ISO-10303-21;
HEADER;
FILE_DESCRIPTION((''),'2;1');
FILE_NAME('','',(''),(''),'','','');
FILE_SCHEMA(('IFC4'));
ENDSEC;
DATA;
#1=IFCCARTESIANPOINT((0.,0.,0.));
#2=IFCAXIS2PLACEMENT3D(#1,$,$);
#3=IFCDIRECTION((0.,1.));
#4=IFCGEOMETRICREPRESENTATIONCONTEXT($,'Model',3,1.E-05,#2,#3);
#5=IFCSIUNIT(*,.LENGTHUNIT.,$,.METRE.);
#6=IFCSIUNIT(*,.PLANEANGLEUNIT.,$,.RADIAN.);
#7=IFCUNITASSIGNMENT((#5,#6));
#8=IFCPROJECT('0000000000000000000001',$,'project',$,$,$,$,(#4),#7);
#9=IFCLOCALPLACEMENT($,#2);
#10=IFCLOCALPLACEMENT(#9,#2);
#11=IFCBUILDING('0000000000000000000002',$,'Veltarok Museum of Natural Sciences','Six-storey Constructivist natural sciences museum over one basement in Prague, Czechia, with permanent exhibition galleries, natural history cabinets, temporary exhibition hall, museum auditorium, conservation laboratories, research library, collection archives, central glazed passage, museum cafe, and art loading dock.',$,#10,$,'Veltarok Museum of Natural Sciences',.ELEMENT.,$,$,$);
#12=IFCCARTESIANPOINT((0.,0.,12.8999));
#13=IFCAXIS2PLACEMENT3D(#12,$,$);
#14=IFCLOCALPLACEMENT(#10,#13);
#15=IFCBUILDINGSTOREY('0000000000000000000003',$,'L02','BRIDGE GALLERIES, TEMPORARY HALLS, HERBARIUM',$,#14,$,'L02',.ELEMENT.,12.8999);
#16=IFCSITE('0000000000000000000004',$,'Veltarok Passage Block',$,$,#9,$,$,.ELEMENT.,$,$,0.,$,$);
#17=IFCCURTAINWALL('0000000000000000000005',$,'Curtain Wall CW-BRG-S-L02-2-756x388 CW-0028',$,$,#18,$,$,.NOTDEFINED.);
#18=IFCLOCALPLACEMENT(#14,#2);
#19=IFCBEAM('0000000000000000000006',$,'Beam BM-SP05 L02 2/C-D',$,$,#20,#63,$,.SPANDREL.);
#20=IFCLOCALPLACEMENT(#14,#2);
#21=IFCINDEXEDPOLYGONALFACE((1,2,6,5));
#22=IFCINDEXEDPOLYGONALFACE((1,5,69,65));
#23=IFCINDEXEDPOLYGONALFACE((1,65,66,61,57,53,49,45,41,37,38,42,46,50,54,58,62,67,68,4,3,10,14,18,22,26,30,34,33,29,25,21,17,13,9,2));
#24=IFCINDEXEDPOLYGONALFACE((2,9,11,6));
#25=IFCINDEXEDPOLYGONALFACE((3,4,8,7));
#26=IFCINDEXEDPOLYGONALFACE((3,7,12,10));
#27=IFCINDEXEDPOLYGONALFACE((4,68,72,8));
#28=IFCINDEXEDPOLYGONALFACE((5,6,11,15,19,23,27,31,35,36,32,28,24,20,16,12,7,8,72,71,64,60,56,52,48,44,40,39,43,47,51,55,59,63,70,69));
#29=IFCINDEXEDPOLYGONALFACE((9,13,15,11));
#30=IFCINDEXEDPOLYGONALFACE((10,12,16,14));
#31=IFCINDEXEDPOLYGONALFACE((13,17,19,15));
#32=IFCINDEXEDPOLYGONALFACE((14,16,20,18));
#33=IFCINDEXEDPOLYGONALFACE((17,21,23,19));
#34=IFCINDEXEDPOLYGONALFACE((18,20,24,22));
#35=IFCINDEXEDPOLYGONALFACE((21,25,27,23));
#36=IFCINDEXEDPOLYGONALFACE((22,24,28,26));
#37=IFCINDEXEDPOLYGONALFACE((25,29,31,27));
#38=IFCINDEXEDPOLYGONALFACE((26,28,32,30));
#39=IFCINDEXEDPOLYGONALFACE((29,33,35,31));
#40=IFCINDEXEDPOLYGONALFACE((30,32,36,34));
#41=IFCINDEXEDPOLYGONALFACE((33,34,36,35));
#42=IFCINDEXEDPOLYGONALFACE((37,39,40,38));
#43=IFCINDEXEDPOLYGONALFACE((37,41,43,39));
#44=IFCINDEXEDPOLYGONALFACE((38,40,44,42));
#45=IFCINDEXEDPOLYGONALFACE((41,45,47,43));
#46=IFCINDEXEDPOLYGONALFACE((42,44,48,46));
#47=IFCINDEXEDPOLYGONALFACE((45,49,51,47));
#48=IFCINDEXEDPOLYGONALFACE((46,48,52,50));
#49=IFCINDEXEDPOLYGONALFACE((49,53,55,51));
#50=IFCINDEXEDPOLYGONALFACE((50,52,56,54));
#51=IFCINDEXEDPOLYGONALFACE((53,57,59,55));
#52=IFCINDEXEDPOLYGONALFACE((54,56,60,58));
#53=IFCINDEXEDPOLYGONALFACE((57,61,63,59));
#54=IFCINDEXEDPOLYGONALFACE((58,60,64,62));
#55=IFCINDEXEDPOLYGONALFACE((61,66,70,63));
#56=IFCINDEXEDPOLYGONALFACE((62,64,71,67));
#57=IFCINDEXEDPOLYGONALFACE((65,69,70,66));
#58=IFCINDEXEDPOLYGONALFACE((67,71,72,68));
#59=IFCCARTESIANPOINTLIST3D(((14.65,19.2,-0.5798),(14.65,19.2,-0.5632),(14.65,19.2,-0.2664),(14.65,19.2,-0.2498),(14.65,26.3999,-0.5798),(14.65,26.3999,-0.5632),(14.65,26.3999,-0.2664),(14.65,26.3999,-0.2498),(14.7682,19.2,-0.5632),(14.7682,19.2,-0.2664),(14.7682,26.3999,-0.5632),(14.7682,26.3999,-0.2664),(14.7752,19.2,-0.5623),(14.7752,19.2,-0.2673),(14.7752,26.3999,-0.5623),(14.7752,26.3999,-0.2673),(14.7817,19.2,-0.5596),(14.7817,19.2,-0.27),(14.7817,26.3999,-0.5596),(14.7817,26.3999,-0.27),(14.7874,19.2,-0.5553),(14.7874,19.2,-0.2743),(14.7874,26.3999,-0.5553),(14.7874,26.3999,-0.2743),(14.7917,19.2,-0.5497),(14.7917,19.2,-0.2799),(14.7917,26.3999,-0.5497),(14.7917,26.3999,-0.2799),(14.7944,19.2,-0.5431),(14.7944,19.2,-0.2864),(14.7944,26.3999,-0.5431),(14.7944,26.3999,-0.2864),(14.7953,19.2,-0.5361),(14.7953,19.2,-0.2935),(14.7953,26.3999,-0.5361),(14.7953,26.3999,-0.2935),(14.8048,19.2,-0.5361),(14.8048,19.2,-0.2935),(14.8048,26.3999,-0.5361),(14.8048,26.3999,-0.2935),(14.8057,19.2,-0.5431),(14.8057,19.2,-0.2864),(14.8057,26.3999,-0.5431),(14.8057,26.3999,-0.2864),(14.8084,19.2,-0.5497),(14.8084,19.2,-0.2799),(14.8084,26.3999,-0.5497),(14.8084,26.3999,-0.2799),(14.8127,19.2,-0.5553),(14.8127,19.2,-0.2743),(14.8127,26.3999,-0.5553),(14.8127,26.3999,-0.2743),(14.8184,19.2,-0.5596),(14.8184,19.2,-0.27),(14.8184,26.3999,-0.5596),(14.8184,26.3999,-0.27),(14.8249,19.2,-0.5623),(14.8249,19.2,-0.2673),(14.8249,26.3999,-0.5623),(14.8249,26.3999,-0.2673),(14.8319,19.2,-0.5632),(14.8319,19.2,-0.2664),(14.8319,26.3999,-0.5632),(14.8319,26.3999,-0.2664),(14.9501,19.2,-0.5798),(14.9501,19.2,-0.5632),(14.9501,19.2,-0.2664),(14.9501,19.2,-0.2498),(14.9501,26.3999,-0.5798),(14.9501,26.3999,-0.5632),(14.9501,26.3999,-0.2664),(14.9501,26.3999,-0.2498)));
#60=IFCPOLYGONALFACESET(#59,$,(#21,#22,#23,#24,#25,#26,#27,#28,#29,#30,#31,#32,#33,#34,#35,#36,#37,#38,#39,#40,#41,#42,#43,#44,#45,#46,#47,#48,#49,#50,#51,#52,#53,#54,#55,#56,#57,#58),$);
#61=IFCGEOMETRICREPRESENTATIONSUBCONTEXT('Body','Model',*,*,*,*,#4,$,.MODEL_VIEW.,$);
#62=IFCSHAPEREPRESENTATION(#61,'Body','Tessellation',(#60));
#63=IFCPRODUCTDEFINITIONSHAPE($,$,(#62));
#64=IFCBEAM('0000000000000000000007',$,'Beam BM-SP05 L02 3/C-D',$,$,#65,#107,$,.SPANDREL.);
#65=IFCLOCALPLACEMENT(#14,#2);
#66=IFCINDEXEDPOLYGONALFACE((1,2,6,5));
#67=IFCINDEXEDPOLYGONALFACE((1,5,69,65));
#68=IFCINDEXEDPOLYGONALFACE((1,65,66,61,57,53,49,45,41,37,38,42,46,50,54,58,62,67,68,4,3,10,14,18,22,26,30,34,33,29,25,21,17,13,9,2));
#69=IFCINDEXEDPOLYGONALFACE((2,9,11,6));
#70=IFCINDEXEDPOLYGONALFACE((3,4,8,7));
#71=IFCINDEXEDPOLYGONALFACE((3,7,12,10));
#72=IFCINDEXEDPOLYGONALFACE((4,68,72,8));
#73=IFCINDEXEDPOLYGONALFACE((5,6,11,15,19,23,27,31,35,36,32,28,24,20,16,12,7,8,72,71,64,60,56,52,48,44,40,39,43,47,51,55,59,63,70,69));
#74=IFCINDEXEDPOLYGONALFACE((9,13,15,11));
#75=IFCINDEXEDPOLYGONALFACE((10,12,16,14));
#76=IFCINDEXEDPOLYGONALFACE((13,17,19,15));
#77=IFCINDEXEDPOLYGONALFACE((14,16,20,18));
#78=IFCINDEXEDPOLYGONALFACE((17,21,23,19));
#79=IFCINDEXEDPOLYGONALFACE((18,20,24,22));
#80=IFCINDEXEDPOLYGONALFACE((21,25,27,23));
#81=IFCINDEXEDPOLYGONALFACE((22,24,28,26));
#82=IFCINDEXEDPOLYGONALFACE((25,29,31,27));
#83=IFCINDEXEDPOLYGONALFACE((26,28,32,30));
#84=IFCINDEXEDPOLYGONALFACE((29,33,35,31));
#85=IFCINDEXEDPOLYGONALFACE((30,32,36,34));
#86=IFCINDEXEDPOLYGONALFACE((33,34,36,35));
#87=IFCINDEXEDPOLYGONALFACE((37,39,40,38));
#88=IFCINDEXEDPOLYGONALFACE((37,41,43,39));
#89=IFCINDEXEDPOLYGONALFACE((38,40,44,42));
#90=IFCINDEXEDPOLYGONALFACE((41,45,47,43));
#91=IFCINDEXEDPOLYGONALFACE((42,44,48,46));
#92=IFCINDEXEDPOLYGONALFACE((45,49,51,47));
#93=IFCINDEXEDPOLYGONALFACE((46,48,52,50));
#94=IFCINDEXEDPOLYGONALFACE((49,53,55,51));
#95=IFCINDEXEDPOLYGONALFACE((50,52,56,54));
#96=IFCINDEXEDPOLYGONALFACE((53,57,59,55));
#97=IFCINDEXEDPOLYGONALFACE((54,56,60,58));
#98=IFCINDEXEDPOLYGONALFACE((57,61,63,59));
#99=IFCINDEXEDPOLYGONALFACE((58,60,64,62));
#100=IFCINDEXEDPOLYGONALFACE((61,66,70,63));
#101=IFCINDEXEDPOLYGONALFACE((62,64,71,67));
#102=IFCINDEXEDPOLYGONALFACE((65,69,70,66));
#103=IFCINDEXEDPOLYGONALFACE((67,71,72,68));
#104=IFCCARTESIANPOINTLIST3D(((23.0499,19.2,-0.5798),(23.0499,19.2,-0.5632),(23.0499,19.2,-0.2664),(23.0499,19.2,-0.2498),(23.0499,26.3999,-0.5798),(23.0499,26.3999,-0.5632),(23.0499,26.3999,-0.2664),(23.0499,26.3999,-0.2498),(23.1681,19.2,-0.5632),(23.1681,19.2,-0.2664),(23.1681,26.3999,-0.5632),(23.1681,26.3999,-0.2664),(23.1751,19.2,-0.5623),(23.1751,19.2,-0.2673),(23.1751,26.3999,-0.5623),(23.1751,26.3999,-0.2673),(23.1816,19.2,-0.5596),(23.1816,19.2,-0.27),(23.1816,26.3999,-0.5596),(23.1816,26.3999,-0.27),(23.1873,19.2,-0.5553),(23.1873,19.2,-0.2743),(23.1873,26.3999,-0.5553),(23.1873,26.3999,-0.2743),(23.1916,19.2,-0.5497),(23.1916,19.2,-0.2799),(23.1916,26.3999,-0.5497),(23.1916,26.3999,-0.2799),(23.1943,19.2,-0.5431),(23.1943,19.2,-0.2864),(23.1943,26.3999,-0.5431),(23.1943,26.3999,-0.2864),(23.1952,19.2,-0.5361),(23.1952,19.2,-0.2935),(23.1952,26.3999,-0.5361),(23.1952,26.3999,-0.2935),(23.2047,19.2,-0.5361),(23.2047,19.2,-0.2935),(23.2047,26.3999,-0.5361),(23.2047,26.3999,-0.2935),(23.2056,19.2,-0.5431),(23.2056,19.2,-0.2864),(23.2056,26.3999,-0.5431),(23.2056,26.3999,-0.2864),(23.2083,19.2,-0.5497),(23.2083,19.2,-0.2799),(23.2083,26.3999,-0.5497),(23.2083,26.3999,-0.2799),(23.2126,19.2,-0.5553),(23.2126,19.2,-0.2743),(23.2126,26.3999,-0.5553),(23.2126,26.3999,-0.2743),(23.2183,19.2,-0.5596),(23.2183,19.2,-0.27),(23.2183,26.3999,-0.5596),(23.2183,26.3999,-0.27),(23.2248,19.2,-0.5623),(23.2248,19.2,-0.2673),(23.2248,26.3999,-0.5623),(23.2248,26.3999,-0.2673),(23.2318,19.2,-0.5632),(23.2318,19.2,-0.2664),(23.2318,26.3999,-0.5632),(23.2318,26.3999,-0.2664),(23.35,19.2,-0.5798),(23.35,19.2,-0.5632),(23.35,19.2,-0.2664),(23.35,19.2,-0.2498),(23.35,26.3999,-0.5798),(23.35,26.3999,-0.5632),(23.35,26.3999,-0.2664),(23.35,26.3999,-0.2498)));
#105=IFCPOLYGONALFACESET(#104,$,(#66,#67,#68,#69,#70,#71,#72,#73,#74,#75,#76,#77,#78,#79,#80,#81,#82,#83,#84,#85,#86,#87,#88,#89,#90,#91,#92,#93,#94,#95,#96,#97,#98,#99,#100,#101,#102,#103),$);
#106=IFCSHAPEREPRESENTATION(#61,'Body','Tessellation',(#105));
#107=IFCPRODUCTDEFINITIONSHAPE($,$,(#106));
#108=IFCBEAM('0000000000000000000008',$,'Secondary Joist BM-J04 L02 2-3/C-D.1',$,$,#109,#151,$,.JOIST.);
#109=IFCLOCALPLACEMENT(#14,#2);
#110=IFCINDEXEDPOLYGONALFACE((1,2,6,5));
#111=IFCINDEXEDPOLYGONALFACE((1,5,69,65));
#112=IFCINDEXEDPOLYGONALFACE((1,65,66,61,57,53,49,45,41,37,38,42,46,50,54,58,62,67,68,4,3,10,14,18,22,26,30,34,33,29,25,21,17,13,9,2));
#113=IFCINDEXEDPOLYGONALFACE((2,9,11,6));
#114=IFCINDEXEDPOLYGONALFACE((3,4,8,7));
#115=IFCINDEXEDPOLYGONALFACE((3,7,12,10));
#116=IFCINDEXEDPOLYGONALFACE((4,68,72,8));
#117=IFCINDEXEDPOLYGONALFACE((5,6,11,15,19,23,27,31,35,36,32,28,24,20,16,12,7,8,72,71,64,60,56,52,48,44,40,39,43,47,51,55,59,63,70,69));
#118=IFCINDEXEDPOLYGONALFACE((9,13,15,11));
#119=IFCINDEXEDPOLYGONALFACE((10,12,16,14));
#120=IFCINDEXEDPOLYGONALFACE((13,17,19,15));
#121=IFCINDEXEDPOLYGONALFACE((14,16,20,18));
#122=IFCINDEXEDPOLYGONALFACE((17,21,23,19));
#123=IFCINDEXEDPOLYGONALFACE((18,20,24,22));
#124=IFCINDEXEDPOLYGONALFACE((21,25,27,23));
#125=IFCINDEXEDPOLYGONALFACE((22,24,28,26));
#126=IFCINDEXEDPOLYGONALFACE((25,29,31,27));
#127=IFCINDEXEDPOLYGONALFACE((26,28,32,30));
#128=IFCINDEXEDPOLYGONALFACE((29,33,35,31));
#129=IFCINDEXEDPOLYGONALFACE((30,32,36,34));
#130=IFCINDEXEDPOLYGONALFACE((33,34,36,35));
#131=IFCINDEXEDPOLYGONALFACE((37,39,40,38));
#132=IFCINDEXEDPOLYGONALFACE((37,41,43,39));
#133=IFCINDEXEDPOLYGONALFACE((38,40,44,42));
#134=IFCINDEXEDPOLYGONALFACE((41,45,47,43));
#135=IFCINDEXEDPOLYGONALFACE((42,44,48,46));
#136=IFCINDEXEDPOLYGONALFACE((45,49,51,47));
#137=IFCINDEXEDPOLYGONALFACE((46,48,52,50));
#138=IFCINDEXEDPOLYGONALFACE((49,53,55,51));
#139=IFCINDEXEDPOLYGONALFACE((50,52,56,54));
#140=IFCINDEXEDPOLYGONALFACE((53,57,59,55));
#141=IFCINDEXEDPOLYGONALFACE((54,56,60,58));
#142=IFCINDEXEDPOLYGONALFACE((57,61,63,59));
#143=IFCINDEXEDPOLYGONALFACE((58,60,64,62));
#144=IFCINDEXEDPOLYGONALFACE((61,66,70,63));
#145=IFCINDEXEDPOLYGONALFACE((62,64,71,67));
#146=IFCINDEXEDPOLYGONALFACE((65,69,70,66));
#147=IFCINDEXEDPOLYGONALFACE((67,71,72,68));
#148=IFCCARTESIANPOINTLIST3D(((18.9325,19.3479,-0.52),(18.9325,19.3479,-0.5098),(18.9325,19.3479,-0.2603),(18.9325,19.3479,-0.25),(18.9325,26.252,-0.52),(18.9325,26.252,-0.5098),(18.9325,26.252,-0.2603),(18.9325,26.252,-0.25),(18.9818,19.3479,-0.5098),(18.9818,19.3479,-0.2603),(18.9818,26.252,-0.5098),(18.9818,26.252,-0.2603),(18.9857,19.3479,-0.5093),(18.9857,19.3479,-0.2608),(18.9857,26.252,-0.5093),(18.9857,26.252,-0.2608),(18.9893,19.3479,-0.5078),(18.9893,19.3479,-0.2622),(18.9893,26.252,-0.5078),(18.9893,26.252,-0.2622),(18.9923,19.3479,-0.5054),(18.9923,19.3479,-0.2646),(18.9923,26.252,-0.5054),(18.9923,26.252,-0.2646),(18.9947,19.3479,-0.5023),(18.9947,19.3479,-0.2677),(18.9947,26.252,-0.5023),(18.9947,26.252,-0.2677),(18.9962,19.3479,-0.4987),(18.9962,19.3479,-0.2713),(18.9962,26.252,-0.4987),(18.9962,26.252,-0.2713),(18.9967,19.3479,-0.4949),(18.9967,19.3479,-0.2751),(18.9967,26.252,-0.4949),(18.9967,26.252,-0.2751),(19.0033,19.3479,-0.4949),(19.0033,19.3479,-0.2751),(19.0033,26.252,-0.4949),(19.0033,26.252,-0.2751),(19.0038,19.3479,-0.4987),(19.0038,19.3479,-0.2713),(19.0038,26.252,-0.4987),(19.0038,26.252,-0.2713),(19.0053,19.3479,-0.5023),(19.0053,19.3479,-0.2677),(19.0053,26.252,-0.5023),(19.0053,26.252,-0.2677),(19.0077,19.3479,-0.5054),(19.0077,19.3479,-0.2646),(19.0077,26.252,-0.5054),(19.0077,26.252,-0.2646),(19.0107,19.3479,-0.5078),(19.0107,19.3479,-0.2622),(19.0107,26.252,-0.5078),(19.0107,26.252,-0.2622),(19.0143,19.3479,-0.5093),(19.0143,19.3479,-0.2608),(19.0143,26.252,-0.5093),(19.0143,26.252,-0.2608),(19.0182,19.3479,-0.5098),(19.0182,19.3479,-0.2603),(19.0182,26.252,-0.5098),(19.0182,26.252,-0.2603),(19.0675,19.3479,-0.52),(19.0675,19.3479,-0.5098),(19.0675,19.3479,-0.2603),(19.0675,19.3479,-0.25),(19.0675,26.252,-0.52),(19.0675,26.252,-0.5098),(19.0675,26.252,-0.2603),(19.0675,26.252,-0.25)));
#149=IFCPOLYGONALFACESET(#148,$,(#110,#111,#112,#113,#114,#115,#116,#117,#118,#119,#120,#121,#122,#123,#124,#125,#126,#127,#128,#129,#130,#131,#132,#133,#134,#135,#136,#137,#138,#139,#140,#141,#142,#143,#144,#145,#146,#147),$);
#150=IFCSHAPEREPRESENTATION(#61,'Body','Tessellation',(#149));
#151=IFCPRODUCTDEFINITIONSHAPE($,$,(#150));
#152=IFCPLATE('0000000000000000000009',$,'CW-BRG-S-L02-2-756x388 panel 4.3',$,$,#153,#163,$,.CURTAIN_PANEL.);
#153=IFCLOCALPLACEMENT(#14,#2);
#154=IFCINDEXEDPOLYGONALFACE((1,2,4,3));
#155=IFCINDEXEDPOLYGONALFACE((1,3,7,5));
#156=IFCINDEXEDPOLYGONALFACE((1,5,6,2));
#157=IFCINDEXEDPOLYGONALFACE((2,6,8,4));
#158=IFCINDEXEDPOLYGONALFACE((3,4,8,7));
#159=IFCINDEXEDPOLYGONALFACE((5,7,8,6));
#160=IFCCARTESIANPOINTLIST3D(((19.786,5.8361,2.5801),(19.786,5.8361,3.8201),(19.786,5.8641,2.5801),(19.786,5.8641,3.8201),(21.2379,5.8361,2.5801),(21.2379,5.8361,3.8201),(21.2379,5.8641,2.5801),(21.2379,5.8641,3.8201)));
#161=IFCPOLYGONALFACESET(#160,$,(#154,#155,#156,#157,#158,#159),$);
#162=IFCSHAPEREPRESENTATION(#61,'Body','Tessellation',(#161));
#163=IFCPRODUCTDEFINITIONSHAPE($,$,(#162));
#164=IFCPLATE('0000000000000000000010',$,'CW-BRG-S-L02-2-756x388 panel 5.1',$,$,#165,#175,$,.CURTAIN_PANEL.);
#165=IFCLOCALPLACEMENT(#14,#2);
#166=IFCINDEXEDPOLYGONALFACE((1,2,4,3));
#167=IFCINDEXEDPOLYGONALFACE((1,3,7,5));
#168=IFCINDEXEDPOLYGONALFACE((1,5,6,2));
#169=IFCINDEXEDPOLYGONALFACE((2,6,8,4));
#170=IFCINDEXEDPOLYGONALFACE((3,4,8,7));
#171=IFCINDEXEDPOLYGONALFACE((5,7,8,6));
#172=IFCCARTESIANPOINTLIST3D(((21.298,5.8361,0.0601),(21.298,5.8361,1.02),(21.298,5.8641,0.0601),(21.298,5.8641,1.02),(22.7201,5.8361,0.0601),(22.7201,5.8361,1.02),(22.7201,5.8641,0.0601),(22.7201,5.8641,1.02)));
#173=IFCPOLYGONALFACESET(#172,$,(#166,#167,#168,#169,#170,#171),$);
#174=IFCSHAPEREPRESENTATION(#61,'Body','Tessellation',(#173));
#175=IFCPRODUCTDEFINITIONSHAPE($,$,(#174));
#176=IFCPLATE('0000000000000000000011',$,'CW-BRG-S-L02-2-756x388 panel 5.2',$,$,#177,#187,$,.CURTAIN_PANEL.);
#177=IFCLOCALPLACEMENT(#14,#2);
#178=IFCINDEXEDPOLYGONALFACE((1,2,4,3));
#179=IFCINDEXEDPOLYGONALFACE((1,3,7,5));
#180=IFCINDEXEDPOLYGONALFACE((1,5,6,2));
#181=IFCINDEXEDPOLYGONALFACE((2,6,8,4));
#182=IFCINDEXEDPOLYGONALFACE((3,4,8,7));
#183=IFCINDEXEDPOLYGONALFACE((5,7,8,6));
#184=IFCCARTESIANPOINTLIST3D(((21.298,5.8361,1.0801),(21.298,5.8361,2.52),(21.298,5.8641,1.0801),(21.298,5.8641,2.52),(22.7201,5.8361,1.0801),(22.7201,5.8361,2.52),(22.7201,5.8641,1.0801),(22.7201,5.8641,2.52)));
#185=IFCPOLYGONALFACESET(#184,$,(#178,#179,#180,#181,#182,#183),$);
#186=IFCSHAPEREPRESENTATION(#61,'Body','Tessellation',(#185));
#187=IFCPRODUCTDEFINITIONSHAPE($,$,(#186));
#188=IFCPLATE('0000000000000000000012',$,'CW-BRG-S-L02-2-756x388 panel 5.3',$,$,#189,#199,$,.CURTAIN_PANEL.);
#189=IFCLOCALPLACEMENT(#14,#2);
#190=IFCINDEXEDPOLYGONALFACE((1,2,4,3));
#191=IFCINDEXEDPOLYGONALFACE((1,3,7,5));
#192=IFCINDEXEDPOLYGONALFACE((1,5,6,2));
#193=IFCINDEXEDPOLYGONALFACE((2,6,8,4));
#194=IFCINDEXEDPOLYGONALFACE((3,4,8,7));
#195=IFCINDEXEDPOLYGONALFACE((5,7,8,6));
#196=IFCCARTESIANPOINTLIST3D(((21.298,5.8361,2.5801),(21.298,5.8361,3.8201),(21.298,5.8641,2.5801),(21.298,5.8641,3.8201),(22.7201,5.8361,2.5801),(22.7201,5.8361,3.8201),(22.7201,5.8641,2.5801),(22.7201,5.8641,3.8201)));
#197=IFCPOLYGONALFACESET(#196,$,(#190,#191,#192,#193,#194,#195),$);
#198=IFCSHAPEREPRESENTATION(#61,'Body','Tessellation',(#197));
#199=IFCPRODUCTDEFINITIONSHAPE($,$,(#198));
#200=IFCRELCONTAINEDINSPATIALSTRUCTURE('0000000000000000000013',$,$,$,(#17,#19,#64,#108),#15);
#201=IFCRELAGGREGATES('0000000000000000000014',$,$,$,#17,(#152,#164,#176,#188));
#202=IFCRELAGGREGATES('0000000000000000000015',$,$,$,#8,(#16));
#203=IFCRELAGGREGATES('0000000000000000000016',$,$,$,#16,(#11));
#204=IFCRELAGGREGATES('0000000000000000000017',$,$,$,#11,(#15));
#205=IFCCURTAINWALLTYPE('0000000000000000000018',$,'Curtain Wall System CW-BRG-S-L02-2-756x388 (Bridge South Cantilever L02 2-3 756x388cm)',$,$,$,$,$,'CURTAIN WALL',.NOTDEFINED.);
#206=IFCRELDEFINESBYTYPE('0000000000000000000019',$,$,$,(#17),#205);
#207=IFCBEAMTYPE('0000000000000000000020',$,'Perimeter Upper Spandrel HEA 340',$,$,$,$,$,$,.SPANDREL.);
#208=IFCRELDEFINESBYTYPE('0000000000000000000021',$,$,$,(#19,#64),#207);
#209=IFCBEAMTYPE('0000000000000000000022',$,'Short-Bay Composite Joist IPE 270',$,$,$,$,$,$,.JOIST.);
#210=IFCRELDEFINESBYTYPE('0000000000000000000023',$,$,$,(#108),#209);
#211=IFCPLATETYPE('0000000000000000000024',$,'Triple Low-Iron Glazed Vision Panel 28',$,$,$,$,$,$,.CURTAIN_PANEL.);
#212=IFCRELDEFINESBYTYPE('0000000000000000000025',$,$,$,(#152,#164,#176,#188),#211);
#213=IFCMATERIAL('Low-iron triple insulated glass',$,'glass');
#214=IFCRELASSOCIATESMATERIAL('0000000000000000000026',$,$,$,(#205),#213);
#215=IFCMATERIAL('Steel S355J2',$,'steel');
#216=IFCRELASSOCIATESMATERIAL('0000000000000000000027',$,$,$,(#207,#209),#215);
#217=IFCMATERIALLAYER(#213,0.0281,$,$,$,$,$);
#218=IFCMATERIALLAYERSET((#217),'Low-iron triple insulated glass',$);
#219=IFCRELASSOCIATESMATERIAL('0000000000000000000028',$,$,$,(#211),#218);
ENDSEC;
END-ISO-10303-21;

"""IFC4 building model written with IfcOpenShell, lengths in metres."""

from ifc_helpers import new_model, si_unit, direction, frame, origin, origin_2d, place, context, subcontext, project, spatial, rectangle, i_section, extrude, material, layer, layer_set, material_profile, profile_set, type_object, element, aggregate, save


model = new_model("IFC4")

# Units and contexts
model_context = context("Model", 3, precision=1e-05, world=origin(), true_north=direction((0.0, 1.0)))
body_context = subcontext(model_context, "Body", "Model", "MODEL_VIEW")
ifc_project = project(units=[si_unit("LENGTHUNIT", "METRE"), si_unit("PLANEANGLEUNIT", "RADIAN")], contexts=[model_context])

# Site, building, storey
site_placement = place(None, origin())
site = spatial("IfcSite", under=ifc_project, at=site_placement, Name="Veltarok Passage Block", CompositionType="ELEMENT", RefElevation=0.0)
building_placement = place(site_placement, origin())
building = spatial("IfcBuilding", under=site, at=building_placement, Name="Veltarok Museum of Natural Sciences", Description="Six-storey Constructivist natural sciences museum over one basement in Prague, Czechia, with permanent exhibition galleries, natural history cabinets, temporary exhibition hall, museum auditorium, conservation laboratories, research library, collection archives, central glazed passage, museum cafe, and art loading dock.", LongName="Veltarok Museum of Natural Sciences", CompositionType="ELEMENT")
storey_placement = place(building_placement, frame((0.0, 0.0, 12.8999)))
storey = spatial("IfcBuildingStorey", under=building, at=storey_placement, Name="L02", Description="BRIDGE GALLERIES, TEMPORARY HALLS, HERBARIUM", LongName="L02", CompositionType="ELEMENT", Elevation=12.8999)

# Shared definitions
ifc_material_1 = material(Name="Steel S355J2", Category="steel")

# Curtain wall
ifc_material_2 = material(Name="Low-iron triple insulated glass", Category="glass")
curtain_wall_type_1 = type_object("IfcCurtainWallType", Name="Curtain Wall System CW-BRG-S-L02-2-756x388 (Bridge South Cantilever L02 2-3 756x388cm)", ElementType="CURTAIN WALL", PredefinedType="NOTDEFINED", material=ifc_material_2)
curtain_wall_1_placement = place(storey_placement, origin())
curtain_wall_1 = element("IfcCurtainWall", 1, at=curtain_wall_1_placement, inside=storey, type_object=curtain_wall_type_1, Name="Curtain Wall CW-BRG-S-L02-2-756x388 CW-0028", PredefinedType="NOTDEFINED")

# Beams
ifc_material_profile_1 = material_profile(ifc_material_1, i_section(OverallWidth=0.3, OverallDepth=0.3301, WebThickness=0.0095, FlangeThickness=0.0166, FilletRadius=0.0271, at=origin_2d()), Name="HEA 340")
ifc_profile_set_1 = profile_set([ifc_material_profile_1], Name="Steel S355J2")
beam_type_1 = type_object("IfcBeamType", Name="Perimeter Upper Spandrel HEA 340", PredefinedType="SPANDREL", material=ifc_profile_set_1)
for number, where, z_axis, x_axis, name in (
    (2, (14.8, 19.2, -0.4148), (0.0, 1.0, 0.0), (-1.0, 0.0, 0.0), "Beam BM-SP05 L02 2/C-D"),
    (3, (23.2, 19.2, -0.4148), (0.0, 1.0, 0.0), (-1.0, 0.0, 0.0), "Beam BM-SP05 L02 3/C-D"),
):
    element("IfcBeam", number, at=place(storey_placement, frame(where, z_axis=z_axis, x_axis=x_axis)), inside=storey, type_object=beam_type_1, Name=name, PredefinedType="SPANDREL", context=body_context, shape_type="SweptSolid", body=[
        extrude(i_section(OverallWidth=0.3, OverallDepth=0.3301, WebThickness=0.0095, FlangeThickness=0.0166, FilletRadius=0.0271, at=origin_2d()), origin(), (0.0, 0.0, 1.0), 7.2),
    ])
ifc_material_profile_2 = material_profile(ifc_material_1, i_section(OverallWidth=0.135, OverallDepth=0.27, WebThickness=0.0066, FlangeThickness=0.0103, FilletRadius=0.0149, at=origin_2d()), Name="IPE 270")
ifc_profile_set_2 = profile_set([ifc_material_profile_2], Name="Steel S355J2")
beam_type_2 = type_object("IfcBeamType", Name="Short-Bay Composite Joist IPE 270", PredefinedType="JOIST", material=ifc_profile_set_2)
beam_1_placement = place(storey_placement, frame((19.0, 19.3479, -0.385), z_axis=(0.0, 1.0, 0.0), x_axis=(-1.0, 0.0, 0.0)))
element("IfcBeam", 4, at=beam_1_placement, inside=storey, type_object=beam_type_2, Name="Secondary Joist BM-J04 L02 2-3/C-D.1", PredefinedType="JOIST", context=body_context, shape_type="SweptSolid", body=[
    extrude(i_section(OverallWidth=0.135, OverallDepth=0.27, WebThickness=0.0066, FlangeThickness=0.0103, FilletRadius=0.0149, at=origin_2d()), origin(), (0.0, 0.0, 1.0), 6.9041),
])

# Plates
ifc_layer_1 = layer(ifc_material_2, 0.0281)
ifc_layer_set_1 = layer_set([ifc_layer_1], Name="Low-iron triple insulated glass")
plate_type = type_object("IfcPlateType", Name="Triple Low-Iron Glazed Vision Panel 28", PredefinedType="CURTAIN_PANEL", material=ifc_layer_set_1)
plate_1_placement = place(storey_placement, frame((20.512, 5.8501, 2.5801), z_axis=(0.0, 0.0, 1.0), x_axis=(1.0, 0.0, 0.0)))
plate_1 = element("IfcPlate", 5, at=plate_1_placement, type_object=plate_type, Name="CW-BRG-S-L02-2-756x388 panel 4.3", PredefinedType="CURTAIN_PANEL", context=body_context, shape_type="SweptSolid", body=[
    extrude(rectangle(XDim=1.4519, YDim=0.0281, at=origin_2d()), origin(), (0.0, 0.0, 1.0), 1.24),
])
plate_2_placement = place(storey_placement, frame((22.009, 5.8501, 0.0601), z_axis=(0.0, 0.0, 1.0), x_axis=(1.0, 0.0, 0.0)))
plate_2 = element("IfcPlate", 6, at=plate_2_placement, type_object=plate_type, Name="CW-BRG-S-L02-2-756x388 panel 5.1", PredefinedType="CURTAIN_PANEL", context=body_context, shape_type="SweptSolid", body=[
    extrude(rectangle(XDim=1.4221, YDim=0.0281, at=origin_2d()), origin(), (0.0, 0.0, 1.0), 0.96),
])
plate_3_placement = place(storey_placement, frame((22.009, 5.8501, 1.0801), z_axis=(0.0, 0.0, 1.0), x_axis=(1.0, 0.0, 0.0)))
plate_3 = element("IfcPlate", 7, at=plate_3_placement, type_object=plate_type, Name="CW-BRG-S-L02-2-756x388 panel 5.2", PredefinedType="CURTAIN_PANEL", context=body_context, shape_type="SweptSolid", body=[
    extrude(rectangle(XDim=1.4221, YDim=0.0281, at=origin_2d()), origin(), (0.0, 0.0, 1.0), 1.4399),
])
plate_4_placement = place(storey_placement, frame((22.009, 5.8501, 2.5801), z_axis=(0.0, 0.0, 1.0), x_axis=(1.0, 0.0, 0.0)))
plate_4 = element("IfcPlate", 8, at=plate_4_placement, type_object=plate_type, Name="CW-BRG-S-L02-2-756x388 panel 5.3", PredefinedType="CURTAIN_PANEL", context=body_context, shape_type="SweptSolid", body=[
    extrude(rectangle(XDim=1.4221, YDim=0.0281, at=origin_2d()), origin(), (0.0, 0.0, 1.0), 1.24),
])
aggregate(curtain_wall_1, [plate_1, plate_2, plate_3, plate_4])

save(model, "model.ifc")
